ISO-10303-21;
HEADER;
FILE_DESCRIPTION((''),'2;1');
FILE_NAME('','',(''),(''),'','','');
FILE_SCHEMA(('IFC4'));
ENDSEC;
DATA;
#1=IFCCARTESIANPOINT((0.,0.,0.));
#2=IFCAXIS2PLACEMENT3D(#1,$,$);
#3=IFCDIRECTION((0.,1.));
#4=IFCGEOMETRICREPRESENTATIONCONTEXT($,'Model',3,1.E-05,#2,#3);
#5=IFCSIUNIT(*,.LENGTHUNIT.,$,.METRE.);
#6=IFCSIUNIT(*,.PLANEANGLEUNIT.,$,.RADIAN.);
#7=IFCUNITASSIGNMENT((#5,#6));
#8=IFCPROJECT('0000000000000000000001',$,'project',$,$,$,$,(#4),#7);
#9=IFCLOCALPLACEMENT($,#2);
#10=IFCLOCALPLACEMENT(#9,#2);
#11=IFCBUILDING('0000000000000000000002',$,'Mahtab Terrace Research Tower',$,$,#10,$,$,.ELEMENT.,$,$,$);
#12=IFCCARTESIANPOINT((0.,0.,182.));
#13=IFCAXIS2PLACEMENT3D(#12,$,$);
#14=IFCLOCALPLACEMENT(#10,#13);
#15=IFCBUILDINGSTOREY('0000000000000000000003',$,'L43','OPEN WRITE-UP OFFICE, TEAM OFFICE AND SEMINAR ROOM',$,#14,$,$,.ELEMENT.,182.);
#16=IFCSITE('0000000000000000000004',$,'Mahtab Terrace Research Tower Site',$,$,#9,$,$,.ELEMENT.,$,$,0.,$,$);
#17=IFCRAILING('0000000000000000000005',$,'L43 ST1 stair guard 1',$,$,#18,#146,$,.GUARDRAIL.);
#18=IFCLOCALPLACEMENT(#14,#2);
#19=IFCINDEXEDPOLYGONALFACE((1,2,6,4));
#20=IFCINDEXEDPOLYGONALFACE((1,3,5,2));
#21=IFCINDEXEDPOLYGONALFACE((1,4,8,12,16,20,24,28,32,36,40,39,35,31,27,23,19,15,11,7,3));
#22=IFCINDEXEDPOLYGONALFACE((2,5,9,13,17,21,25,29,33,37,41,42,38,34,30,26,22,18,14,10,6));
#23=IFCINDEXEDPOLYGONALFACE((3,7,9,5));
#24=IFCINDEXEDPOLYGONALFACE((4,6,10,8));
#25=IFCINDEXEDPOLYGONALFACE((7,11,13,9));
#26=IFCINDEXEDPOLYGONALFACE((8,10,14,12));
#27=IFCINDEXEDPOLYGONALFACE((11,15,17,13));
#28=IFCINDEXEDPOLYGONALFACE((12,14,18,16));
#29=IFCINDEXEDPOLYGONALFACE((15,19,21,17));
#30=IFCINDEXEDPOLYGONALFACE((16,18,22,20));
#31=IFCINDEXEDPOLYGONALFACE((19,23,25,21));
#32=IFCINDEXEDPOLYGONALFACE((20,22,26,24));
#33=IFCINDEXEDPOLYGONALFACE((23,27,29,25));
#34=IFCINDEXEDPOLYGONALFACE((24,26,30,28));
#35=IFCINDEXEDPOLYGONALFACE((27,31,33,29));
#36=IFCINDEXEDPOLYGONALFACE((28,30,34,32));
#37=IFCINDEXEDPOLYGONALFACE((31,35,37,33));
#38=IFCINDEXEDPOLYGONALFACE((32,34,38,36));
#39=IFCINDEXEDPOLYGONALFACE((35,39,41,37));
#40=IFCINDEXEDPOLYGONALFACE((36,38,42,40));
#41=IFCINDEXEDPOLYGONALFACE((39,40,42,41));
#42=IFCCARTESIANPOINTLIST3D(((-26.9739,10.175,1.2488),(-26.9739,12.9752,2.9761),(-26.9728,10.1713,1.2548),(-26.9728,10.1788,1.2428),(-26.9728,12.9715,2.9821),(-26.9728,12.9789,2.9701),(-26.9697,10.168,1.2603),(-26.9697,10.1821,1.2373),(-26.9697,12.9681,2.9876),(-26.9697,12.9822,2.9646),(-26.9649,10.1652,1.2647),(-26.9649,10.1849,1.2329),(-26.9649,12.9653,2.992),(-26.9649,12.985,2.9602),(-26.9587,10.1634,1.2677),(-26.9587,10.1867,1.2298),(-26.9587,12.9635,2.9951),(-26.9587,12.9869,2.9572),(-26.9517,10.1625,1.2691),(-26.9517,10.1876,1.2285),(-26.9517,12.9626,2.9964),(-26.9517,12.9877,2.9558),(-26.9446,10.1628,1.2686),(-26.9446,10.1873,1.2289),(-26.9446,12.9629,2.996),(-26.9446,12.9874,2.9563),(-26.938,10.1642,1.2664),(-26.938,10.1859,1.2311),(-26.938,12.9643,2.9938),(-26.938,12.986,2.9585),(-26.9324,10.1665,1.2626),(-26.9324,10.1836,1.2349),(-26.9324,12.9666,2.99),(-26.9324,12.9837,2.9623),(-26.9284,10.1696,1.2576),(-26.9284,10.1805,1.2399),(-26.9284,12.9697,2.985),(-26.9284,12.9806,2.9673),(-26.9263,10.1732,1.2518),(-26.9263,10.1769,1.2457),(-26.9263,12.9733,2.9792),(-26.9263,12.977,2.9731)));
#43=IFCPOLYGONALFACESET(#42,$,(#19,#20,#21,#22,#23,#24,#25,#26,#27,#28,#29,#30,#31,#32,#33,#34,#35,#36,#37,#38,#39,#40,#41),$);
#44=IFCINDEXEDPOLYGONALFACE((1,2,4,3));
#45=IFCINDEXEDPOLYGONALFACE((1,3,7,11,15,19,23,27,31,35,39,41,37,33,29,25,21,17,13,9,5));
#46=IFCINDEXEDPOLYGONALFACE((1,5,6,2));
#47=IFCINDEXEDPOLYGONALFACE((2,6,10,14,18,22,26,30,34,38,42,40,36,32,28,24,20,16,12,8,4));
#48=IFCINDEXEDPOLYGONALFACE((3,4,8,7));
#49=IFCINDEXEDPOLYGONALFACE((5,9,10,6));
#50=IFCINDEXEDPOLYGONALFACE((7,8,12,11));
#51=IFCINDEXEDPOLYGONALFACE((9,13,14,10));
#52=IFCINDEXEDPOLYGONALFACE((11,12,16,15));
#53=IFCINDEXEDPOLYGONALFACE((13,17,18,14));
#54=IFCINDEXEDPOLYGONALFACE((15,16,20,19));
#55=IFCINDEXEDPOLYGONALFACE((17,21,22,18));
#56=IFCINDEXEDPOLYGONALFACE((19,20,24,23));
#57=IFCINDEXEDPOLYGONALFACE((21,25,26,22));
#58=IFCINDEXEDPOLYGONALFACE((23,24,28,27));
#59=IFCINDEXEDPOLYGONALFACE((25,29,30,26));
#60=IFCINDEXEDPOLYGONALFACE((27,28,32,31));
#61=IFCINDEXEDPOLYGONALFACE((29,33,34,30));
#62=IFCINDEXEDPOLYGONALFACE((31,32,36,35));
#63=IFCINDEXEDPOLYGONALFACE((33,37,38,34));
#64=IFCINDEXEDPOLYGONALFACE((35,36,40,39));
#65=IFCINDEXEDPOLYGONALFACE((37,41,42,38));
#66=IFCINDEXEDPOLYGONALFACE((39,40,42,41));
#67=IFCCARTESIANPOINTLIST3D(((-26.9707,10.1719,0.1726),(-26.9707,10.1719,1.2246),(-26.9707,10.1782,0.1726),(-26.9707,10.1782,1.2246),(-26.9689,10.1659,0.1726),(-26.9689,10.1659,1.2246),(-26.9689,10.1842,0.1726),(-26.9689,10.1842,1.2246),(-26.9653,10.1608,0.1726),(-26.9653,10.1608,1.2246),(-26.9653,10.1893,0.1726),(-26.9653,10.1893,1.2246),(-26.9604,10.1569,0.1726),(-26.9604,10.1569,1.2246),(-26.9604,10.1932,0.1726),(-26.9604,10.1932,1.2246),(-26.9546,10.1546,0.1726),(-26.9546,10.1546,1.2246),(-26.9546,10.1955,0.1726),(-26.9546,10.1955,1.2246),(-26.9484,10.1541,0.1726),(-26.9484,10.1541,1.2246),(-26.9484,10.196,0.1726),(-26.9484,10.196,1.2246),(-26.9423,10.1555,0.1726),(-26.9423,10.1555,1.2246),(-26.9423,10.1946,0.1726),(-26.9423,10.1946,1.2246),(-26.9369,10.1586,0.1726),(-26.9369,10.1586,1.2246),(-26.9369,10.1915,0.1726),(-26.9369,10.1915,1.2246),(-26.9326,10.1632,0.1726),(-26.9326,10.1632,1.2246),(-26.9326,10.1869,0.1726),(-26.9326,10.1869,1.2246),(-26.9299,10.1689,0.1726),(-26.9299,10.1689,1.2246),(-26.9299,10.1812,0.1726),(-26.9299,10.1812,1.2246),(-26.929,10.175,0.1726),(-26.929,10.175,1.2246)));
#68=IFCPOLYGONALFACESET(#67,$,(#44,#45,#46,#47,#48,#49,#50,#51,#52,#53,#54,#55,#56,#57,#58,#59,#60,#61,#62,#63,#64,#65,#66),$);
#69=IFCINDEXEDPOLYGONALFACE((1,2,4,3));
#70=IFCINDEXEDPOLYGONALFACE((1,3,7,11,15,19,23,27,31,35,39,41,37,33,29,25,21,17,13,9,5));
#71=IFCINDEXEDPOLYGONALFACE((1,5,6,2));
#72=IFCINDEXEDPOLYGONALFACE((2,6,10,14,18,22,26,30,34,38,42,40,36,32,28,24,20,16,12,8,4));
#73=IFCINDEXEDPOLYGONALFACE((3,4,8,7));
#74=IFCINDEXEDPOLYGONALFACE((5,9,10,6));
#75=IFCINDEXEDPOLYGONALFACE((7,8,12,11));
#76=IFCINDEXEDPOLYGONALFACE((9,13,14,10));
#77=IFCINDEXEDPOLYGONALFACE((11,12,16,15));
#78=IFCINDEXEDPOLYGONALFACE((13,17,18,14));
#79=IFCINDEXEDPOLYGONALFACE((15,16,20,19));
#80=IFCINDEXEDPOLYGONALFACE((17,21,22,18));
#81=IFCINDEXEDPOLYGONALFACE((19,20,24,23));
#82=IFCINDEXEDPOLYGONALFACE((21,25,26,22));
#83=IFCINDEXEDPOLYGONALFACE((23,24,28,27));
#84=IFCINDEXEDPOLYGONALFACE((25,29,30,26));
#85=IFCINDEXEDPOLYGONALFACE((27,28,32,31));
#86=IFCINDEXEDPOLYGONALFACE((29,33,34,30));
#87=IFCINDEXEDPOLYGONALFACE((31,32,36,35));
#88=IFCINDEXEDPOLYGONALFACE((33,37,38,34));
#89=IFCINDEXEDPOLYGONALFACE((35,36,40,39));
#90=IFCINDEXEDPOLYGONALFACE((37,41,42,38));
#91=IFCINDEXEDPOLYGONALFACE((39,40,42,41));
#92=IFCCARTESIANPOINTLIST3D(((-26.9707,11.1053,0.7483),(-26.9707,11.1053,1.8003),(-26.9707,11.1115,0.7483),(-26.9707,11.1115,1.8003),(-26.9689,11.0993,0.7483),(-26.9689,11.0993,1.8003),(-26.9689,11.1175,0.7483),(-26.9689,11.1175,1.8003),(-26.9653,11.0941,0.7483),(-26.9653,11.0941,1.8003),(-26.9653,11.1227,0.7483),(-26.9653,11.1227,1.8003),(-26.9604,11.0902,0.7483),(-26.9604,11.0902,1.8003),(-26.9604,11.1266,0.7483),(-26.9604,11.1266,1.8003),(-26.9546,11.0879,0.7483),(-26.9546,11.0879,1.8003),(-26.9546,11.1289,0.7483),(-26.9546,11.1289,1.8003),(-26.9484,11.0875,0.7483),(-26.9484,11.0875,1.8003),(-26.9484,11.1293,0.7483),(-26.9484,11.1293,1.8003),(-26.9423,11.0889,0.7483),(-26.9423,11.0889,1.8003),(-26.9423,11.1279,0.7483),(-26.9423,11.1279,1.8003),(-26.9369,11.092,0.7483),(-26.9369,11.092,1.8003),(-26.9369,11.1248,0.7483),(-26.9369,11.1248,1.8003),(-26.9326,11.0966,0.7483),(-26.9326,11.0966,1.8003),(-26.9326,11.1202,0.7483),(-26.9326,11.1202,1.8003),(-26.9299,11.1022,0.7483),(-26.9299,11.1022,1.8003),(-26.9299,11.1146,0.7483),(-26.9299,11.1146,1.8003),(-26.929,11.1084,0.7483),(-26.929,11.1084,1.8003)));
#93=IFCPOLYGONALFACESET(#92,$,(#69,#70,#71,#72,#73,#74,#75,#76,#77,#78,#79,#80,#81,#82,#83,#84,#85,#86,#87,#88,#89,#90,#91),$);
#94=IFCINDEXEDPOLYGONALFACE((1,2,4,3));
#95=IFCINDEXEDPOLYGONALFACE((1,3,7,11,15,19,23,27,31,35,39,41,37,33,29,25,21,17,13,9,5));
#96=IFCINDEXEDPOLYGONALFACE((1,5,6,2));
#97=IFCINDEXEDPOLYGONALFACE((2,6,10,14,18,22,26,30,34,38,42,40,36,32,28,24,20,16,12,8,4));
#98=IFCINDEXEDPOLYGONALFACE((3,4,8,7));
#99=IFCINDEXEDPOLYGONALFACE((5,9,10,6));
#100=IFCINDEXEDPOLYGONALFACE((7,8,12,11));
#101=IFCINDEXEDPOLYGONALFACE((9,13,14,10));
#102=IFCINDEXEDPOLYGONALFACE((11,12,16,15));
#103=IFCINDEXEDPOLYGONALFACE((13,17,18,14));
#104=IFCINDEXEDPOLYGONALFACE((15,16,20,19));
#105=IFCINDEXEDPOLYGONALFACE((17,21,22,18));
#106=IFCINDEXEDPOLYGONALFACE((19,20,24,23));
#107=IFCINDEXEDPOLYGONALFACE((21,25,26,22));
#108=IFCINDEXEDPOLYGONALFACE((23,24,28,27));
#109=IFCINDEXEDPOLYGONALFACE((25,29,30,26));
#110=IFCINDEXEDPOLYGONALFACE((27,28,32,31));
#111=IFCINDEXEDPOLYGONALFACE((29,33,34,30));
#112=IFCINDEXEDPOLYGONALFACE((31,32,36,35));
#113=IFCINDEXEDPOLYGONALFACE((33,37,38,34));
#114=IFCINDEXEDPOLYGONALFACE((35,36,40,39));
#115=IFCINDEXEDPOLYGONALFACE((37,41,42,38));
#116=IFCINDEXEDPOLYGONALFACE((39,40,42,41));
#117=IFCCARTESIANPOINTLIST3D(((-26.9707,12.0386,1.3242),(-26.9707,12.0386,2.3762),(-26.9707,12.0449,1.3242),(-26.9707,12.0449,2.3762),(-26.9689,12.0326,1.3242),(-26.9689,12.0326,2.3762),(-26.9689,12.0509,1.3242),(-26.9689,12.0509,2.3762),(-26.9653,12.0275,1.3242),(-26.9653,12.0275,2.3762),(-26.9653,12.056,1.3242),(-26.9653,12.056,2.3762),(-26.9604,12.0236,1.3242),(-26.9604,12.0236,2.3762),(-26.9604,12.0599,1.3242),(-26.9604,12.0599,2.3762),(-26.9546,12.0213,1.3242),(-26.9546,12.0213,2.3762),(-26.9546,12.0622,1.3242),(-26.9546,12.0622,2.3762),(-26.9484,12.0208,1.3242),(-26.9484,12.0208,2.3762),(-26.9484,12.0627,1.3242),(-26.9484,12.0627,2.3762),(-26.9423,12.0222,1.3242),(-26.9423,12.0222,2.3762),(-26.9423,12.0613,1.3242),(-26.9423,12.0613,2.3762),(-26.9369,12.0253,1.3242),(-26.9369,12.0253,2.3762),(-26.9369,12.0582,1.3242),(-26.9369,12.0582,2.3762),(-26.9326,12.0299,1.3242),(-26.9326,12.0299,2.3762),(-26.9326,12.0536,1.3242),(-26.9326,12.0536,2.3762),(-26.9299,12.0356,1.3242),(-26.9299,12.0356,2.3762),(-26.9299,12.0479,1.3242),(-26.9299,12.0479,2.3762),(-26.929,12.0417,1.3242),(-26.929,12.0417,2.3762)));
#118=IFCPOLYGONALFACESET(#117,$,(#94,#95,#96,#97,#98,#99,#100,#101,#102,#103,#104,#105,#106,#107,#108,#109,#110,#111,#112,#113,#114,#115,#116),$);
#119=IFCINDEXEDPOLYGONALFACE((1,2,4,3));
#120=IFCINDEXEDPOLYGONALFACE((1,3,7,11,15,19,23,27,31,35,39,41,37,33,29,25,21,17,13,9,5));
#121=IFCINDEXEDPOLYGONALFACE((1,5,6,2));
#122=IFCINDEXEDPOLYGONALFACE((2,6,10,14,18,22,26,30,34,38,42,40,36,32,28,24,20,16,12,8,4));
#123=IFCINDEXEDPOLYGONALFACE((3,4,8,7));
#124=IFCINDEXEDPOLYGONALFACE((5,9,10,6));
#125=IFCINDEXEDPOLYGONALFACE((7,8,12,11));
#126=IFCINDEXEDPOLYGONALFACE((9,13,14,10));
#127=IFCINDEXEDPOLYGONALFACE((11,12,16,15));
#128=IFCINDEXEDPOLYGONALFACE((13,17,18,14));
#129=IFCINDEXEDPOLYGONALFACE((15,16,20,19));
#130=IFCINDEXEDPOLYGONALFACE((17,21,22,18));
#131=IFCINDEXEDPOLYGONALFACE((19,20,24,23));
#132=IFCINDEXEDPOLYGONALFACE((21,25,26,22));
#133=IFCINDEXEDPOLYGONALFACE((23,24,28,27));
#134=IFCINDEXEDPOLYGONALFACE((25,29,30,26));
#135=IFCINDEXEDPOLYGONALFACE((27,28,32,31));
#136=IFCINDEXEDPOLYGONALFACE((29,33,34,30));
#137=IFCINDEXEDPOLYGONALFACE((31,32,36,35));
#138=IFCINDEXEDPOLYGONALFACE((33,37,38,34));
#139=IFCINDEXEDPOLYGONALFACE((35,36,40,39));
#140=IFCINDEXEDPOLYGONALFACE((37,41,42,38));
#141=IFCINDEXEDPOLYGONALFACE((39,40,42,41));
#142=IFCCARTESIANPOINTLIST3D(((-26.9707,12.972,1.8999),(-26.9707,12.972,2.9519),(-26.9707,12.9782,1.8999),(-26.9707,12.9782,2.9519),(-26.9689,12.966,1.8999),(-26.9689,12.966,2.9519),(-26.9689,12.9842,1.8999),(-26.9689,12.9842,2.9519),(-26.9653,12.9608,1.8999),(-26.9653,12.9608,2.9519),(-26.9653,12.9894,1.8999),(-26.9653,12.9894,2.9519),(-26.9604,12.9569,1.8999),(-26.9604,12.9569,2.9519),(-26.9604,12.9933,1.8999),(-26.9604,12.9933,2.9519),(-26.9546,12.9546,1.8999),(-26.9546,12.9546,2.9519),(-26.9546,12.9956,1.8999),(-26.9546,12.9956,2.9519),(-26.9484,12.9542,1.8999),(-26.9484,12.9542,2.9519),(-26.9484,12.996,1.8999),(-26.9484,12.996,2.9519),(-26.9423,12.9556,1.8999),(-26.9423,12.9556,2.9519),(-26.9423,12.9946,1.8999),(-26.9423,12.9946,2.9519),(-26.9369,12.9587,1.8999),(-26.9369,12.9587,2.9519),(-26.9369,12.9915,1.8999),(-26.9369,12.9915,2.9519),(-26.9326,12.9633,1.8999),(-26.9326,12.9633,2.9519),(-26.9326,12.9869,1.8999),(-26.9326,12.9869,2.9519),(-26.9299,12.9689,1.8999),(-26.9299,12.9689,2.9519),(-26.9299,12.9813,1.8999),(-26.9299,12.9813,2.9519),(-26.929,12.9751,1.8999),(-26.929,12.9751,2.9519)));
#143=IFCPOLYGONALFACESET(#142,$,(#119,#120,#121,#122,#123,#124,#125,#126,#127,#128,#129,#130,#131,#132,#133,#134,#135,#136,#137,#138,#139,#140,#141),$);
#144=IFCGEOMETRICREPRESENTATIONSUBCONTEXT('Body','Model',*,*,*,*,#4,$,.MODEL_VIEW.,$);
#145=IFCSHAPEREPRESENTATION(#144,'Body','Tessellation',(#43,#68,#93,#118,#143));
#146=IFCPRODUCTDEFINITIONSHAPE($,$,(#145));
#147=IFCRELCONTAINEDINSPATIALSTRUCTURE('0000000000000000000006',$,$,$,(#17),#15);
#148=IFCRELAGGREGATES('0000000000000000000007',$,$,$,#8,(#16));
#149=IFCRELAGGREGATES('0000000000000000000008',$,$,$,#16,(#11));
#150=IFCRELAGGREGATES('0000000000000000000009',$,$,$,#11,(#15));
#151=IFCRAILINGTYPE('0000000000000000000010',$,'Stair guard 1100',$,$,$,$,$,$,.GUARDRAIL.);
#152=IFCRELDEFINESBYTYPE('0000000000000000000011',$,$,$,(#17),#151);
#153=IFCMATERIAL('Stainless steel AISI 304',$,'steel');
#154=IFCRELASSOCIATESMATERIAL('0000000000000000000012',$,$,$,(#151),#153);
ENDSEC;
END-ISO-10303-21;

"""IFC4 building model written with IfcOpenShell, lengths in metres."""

from ifc_helpers import new_model, si_unit, direction, frame, origin, origin_2d, place, context, subcontext, project, spatial, circle, extrude, material, type_object, element, save


model = new_model("IFC4")

# Units and contexts
model_context = context("Model", 3, precision=1e-05, world=origin(), true_north=direction((0.0, 1.0)))
body_context = subcontext(model_context, "Body", "Model", "MODEL_VIEW")
ifc_project = project(units=[si_unit("LENGTHUNIT", "METRE"), si_unit("PLANEANGLEUNIT", "RADIAN")], contexts=[model_context])

# Site, building, storey
site_placement = place(None, origin())
site = spatial("IfcSite", under=ifc_project, at=site_placement, Name="Mahtab Terrace Research Tower Site", CompositionType="ELEMENT", RefElevation=0.0)
building_placement = place(site_placement, origin())
building = spatial("IfcBuilding", under=site, at=building_placement, Name="Mahtab Terrace Research Tower", CompositionType="ELEMENT")
storey_placement = place(building_placement, frame((0.0, 0.0, 182.0)))
storey = spatial("IfcBuildingStorey", under=building, at=storey_placement, Name="L43", Description="OPEN WRITE-UP OFFICE, TEAM OFFICE AND SEMINAR ROOM", CompositionType="ELEMENT", Elevation=182.0)

# Railing
ifc_material_1 = material(Name="Stainless steel AISI 304", Category="steel")
railing_type_1 = type_object("IfcRailingType", Name="Stair guard 1100", PredefinedType="GUARDRAIL", material=ifc_material_1)
railing_1_placement = place(storey_placement, frame((-26.95, 10.175, 0.1726)))
element("IfcRailing", 1, at=railing_1_placement, inside=storey, type_object=railing_type_1, Name="L43 ST1 stair guard 1", PredefinedType="GUARDRAIL", context=body_context, shape_type="SweptSolid", body=[
    extrude(circle(Radius=0.0239, at=origin_2d()), frame((0.0, 0.0, 1.0762), z_axis=(0.0, 0.85109, 0.52502), x_axis=(-1.0, 0.0, 0.0)), (0.0, 0.0, 1.0), 3.29),
    extrude(circle(Radius=0.021, at=origin_2d()), origin(), (0.0, 0.0, 1.0), 1.052),
    extrude(circle(Radius=0.021, at=origin_2d()), frame((0.0, 0.9333, 0.5757)), (0.0, 0.0, 1.0), 1.052),
    extrude(circle(Radius=0.021, at=origin_2d()), frame((0.0, 1.8667, 1.1516)), (0.0, 0.0, 1.0), 1.052),
    extrude(circle(Radius=0.021, at=origin_2d()), frame((0.0, 2.8, 1.7273)), (0.0, 0.0, 1.0), 1.052),
])

save(model, "model.ifc")
